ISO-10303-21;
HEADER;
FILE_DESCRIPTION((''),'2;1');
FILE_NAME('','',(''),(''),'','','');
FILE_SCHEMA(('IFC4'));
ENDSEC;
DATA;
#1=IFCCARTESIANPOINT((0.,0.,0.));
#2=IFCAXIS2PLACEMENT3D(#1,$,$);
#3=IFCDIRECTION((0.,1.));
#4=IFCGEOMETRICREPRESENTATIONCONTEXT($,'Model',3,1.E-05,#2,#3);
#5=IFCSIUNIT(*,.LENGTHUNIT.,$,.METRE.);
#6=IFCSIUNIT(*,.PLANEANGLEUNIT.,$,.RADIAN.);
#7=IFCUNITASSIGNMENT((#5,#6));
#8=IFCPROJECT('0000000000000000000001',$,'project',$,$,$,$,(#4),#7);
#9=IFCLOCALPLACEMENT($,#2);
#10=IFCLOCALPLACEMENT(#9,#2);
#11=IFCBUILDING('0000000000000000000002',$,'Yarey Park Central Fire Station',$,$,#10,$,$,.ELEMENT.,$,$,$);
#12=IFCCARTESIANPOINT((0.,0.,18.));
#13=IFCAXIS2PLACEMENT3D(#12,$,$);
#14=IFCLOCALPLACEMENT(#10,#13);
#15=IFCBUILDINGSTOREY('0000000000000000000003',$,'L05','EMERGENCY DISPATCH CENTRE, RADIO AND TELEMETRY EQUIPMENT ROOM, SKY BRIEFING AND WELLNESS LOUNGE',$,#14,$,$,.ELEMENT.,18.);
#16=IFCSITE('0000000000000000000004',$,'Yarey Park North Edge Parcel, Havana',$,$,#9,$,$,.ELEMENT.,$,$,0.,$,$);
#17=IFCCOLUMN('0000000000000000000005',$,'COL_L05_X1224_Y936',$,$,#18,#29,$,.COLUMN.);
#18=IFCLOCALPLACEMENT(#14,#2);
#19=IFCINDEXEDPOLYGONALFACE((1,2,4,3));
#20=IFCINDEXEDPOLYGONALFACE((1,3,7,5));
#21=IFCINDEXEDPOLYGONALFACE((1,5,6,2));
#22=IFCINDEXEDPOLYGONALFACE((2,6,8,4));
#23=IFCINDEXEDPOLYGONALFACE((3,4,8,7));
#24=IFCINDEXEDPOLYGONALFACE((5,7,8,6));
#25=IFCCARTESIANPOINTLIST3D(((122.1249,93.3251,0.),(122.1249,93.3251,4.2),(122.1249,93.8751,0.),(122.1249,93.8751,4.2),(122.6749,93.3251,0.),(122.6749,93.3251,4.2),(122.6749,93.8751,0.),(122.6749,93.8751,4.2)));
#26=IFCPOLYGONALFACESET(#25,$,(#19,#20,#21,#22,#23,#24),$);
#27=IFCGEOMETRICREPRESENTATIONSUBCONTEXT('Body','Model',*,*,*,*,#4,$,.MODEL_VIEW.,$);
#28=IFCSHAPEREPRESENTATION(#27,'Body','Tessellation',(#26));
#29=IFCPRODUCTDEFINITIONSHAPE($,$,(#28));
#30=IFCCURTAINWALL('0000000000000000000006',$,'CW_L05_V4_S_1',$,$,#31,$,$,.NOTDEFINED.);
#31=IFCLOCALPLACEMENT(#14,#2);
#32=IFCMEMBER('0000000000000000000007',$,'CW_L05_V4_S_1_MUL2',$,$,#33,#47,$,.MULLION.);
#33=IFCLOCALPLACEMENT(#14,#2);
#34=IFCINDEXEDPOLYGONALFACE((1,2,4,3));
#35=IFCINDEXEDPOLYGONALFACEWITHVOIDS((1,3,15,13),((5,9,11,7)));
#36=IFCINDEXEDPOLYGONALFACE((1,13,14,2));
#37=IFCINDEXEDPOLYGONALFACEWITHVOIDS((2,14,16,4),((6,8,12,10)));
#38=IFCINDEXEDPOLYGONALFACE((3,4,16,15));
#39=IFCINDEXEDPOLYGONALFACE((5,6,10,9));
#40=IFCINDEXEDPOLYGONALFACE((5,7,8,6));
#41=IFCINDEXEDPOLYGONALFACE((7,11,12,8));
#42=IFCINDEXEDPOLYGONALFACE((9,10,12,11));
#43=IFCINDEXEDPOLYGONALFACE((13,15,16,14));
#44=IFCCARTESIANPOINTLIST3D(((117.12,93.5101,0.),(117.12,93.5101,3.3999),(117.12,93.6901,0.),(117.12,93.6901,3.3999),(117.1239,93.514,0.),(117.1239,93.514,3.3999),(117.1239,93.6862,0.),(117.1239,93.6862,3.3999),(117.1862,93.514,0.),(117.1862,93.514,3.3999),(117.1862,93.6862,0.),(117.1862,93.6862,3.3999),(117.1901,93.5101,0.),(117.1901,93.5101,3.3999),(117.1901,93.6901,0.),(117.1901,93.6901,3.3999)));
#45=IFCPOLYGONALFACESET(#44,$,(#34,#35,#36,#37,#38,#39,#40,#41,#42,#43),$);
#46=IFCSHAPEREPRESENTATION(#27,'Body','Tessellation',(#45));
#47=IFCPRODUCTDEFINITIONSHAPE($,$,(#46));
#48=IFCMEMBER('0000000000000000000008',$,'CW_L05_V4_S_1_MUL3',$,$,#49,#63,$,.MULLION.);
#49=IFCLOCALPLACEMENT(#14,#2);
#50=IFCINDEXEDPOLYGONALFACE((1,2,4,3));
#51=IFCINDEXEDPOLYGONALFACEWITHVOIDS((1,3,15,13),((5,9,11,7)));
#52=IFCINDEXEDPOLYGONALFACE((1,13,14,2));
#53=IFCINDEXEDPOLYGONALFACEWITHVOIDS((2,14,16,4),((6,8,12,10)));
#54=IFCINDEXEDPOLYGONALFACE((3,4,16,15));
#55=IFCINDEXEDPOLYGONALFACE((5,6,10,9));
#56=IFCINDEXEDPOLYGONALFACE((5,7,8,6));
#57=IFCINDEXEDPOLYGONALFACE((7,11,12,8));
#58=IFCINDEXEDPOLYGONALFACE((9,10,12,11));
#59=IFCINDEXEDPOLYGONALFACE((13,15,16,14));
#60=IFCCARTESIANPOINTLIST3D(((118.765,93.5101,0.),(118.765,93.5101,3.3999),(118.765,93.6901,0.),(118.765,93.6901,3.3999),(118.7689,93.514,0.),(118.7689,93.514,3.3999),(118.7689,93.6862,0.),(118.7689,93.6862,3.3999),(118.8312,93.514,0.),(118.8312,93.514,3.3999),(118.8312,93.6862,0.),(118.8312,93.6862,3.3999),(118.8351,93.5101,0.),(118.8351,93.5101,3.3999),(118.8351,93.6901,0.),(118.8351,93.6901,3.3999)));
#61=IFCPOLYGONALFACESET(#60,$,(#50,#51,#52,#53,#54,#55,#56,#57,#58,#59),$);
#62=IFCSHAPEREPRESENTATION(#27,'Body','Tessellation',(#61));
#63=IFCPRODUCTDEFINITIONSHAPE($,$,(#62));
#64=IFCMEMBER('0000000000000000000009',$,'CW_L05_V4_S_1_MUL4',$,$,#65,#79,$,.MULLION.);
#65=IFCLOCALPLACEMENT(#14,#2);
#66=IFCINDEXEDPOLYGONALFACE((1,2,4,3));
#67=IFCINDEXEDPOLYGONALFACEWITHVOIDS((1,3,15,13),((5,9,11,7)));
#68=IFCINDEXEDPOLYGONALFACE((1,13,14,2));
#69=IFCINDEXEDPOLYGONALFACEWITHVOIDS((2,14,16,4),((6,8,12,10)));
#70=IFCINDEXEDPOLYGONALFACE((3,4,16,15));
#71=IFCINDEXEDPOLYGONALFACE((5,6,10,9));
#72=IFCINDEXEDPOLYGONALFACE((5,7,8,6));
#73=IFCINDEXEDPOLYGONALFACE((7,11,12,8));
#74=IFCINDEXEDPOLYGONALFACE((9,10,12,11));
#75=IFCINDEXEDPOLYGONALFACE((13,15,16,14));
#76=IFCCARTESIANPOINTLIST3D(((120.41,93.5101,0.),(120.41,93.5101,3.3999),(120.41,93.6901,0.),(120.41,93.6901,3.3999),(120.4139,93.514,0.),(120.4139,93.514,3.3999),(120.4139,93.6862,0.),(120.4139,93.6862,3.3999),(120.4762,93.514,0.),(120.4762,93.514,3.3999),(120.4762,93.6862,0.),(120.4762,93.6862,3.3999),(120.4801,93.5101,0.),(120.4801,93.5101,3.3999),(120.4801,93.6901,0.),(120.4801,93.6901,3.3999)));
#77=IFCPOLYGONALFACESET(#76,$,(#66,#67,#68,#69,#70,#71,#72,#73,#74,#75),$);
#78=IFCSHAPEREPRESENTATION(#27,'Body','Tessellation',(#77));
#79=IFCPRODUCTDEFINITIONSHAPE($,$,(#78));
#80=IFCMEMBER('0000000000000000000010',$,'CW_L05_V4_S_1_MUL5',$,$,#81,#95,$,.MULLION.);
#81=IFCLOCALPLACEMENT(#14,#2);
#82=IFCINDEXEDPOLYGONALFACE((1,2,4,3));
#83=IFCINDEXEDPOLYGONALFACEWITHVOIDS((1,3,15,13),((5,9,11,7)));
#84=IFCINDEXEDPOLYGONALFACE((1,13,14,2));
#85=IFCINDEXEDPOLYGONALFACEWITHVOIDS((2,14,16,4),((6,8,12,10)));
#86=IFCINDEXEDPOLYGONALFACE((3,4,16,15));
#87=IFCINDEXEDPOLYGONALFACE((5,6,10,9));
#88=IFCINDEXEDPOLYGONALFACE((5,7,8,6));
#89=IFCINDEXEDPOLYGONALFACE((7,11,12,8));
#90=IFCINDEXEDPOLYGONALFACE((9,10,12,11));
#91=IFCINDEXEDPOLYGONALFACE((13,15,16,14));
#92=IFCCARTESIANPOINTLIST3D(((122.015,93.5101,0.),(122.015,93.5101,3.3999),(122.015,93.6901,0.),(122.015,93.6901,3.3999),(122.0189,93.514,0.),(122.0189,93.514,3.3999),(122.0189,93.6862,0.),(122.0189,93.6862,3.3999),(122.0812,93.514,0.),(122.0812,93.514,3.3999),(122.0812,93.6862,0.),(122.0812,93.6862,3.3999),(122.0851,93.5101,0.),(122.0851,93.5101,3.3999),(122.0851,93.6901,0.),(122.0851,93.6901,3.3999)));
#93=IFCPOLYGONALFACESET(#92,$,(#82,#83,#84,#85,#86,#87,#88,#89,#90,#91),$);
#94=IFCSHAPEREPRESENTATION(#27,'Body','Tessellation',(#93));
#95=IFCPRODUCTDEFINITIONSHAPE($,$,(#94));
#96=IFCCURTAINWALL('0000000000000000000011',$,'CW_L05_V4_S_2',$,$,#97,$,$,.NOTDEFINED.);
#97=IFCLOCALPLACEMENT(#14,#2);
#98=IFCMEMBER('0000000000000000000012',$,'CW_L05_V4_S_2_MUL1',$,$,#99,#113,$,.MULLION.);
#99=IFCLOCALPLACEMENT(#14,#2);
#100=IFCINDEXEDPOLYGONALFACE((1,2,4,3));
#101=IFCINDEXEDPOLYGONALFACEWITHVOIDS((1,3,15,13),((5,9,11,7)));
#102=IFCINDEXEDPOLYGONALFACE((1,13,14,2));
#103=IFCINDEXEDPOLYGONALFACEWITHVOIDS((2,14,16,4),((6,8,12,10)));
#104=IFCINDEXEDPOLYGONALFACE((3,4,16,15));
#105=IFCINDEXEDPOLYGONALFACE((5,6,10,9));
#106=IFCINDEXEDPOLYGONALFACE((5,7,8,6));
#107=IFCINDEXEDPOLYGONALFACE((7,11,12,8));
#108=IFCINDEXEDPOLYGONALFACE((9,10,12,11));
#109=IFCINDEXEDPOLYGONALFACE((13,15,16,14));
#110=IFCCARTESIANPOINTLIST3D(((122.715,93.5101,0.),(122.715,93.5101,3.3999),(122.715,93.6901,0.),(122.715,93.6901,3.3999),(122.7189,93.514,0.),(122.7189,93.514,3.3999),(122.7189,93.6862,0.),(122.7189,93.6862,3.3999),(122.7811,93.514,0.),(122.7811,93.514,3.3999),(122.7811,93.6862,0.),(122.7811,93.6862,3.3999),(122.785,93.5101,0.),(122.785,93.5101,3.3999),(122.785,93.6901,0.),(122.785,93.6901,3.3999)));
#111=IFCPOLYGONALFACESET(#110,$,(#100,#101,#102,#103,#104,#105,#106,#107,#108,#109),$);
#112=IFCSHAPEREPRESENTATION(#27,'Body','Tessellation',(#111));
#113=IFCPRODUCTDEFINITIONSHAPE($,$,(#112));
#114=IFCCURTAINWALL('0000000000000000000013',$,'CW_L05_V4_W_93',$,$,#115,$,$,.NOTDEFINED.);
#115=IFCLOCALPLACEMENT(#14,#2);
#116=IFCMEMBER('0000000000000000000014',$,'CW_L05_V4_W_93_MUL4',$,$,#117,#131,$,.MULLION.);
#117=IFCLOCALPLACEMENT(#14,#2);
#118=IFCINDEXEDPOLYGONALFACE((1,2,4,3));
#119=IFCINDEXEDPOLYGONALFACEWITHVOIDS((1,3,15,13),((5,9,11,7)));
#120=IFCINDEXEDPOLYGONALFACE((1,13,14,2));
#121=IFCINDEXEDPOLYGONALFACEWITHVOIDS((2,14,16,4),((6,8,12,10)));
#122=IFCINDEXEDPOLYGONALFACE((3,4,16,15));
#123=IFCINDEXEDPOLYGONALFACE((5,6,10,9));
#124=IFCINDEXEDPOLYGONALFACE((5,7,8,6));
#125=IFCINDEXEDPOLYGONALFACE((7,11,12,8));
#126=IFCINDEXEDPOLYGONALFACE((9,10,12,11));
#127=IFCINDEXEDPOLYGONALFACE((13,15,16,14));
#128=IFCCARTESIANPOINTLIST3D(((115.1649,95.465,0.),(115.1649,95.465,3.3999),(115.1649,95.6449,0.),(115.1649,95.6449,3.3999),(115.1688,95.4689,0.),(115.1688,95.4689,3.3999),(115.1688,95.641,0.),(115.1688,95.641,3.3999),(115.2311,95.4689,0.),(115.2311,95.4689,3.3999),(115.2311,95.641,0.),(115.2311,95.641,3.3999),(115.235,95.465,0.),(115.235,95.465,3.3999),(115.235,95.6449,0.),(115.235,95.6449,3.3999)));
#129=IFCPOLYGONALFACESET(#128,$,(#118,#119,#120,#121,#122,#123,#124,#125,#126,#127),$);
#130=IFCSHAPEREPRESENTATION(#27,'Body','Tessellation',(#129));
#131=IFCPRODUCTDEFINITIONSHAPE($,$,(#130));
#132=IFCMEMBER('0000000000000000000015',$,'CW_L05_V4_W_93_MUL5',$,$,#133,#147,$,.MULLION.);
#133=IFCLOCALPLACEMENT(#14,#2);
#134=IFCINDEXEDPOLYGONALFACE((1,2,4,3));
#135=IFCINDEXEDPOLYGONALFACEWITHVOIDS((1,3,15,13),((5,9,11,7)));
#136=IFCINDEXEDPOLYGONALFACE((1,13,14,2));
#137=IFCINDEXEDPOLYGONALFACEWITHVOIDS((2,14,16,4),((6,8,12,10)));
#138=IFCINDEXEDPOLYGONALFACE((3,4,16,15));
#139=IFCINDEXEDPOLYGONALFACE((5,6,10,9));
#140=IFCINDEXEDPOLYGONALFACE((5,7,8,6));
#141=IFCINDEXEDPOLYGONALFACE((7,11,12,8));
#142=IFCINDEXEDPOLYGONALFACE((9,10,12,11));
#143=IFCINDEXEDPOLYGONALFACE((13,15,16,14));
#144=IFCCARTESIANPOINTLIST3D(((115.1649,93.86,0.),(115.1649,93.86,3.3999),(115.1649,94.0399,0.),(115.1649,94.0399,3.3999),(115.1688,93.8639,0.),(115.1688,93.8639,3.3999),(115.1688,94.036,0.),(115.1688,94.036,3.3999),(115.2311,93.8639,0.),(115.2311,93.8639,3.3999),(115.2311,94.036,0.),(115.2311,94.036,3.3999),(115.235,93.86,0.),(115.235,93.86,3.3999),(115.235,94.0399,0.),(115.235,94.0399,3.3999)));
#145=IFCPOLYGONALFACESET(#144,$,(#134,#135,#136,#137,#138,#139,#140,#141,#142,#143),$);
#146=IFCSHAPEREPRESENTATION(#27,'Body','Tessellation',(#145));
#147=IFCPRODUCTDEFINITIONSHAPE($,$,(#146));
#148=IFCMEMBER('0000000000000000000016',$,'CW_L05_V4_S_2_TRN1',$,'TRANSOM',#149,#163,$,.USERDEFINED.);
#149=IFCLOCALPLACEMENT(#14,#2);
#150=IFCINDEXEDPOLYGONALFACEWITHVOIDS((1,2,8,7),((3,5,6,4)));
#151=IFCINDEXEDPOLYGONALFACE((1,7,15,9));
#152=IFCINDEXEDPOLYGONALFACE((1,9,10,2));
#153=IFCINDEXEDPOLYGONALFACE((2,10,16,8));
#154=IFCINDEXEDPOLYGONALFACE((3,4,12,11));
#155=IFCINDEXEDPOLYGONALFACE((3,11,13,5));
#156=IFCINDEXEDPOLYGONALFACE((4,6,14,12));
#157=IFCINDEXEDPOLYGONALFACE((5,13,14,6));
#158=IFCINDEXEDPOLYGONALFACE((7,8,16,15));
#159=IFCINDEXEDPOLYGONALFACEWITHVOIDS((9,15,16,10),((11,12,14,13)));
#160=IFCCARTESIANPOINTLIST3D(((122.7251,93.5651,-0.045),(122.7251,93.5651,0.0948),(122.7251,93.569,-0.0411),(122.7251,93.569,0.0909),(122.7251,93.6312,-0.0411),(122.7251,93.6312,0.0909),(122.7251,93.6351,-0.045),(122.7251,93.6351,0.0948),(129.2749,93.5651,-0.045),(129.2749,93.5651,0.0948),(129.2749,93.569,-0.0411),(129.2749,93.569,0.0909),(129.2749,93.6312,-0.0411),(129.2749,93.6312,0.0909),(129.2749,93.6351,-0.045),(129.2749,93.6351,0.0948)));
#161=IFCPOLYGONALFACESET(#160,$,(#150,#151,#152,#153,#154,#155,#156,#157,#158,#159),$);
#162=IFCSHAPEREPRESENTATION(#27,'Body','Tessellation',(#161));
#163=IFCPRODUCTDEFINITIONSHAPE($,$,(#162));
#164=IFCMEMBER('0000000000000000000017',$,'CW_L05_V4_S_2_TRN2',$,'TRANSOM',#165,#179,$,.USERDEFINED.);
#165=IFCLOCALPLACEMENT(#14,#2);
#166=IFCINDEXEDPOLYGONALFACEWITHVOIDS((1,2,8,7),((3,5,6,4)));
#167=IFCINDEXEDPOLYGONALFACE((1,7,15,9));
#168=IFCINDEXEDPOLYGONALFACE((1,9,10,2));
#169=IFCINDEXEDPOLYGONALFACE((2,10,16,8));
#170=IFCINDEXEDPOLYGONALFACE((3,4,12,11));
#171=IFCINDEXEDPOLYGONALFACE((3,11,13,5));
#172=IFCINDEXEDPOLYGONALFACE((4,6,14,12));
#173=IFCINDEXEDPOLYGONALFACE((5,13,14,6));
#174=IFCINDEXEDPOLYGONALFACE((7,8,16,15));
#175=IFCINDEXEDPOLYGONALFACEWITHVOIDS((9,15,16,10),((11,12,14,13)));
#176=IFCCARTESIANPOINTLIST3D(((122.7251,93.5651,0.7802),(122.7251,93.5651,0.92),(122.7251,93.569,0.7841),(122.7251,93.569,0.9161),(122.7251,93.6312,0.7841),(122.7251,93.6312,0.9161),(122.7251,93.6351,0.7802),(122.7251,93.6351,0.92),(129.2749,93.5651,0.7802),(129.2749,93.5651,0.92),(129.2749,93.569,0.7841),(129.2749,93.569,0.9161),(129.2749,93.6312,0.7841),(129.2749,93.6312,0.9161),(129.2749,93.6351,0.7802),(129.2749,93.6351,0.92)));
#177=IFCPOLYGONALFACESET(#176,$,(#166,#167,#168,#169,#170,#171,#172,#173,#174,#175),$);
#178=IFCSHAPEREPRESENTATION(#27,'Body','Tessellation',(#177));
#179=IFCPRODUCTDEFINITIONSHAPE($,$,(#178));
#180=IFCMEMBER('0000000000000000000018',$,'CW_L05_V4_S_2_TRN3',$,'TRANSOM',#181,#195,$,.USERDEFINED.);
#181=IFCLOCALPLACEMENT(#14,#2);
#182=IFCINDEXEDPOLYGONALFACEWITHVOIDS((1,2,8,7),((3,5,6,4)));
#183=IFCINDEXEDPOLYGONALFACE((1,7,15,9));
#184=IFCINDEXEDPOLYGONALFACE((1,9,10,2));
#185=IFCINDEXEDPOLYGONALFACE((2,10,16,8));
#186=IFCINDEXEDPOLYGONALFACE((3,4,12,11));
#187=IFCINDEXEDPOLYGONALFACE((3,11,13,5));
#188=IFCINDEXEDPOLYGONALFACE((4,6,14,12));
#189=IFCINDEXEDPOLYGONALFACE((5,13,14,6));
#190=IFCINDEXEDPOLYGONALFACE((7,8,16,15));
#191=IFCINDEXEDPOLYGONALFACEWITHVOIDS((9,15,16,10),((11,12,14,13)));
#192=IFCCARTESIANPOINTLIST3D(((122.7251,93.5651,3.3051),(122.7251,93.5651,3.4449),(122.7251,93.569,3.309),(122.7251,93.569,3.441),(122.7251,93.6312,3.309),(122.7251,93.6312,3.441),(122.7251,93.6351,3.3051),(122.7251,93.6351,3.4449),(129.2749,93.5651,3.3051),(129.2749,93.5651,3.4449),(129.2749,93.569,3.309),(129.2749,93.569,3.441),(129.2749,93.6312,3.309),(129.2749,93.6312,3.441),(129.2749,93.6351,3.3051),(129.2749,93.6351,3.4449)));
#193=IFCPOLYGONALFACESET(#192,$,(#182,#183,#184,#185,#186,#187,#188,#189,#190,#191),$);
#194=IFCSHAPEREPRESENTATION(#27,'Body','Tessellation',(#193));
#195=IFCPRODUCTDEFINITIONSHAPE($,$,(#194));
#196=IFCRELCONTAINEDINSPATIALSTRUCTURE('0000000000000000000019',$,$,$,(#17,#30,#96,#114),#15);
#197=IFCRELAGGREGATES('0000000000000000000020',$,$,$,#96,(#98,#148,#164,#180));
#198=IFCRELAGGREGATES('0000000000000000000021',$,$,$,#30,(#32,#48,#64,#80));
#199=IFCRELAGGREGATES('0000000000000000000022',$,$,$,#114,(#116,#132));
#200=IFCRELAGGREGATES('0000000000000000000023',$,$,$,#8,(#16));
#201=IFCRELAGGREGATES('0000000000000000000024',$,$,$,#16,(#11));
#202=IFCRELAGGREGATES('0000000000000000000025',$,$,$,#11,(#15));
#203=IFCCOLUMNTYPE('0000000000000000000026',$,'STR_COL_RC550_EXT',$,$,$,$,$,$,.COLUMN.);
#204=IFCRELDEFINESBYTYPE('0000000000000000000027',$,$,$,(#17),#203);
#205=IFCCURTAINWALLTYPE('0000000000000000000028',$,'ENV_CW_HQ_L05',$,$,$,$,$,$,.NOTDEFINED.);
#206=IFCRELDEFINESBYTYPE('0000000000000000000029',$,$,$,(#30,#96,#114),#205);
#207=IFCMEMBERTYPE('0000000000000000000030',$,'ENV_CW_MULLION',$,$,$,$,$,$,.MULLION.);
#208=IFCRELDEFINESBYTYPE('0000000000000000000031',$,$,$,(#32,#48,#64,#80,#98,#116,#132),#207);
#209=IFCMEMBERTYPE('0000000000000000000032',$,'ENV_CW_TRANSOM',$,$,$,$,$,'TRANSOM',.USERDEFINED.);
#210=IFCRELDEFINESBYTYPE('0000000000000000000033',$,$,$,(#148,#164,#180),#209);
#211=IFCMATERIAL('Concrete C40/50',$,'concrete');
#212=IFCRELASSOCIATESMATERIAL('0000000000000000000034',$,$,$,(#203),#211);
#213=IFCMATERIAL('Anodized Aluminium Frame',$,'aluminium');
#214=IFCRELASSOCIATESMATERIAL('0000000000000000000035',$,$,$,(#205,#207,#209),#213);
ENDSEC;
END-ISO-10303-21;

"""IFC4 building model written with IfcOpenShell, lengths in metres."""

from ifc_helpers import new_model, si_unit, direction, frame, origin, origin_2d, place, context, subcontext, project, spatial, rectangle, hollow_rectangle, extrude, material, material_profile, profile_set, type_object, element, aggregate, save


model = new_model("IFC4")

# Units and contexts
model_context = context("Model", 3, precision=1e-05, world=origin(), true_north=direction((0.0, 1.0)))
body_context = subcontext(model_context, "Body", "Model", "MODEL_VIEW")
ifc_project = project(units=[si_unit("LENGTHUNIT", "METRE"), si_unit("PLANEANGLEUNIT", "RADIAN")], contexts=[model_context])

# Site, building, storey
site_placement = place(None, origin())
site = spatial("IfcSite", under=ifc_project, at=site_placement, Name="Yarey Park North Edge Parcel, Havana", CompositionType="ELEMENT", RefElevation=0.0)
building_placement = place(site_placement, origin())
building = spatial("IfcBuilding", under=site, at=building_placement, Name="Yarey Park Central Fire Station", CompositionType="ELEMENT")
storey_placement = place(building_placement, frame((0.0, 0.0, 18.0)))
storey = spatial("IfcBuildingStorey", under=building, at=storey_placement, Name="L05", Description="EMERGENCY DISPATCH CENTRE, RADIO AND TELEMETRY EQUIPMENT ROOM, SKY BRIEFING AND WELLNESS LOUNGE", CompositionType="ELEMENT", Elevation=18.0)

# Column
ifc_material_1 = material(Name="Concrete C40/50", Category="concrete")
ifc_material_profile_1 = material_profile(ifc_material_1, rectangle(XDim=0.55, YDim=0.55, at=origin_2d()), Name="RC 550x550")
ifc_profile_set_1 = profile_set([ifc_material_profile_1], Name="Concrete C40/50")
column_type = type_object("IfcColumnType", Name="STR_COL_RC550_EXT", PredefinedType="COLUMN", material=ifc_profile_set_1)
column_placement = place(storey_placement, frame((122.3999, 93.6001, 0.0), z_axis=(0.0, 0.0, 1.0), x_axis=(1.0, 0.0, 0.0)))
element("IfcColumn", 1, at=column_placement, inside=storey, type_object=column_type, Name="COL_L05_X1224_Y936", PredefinedType="COLUMN", context=body_context, shape_type="SweptSolid", body=[
    extrude(rectangle(XDim=0.55, YDim=0.55, at=origin_2d()), origin(), (0.0, 0.0, 1.0), 4.2),
])

# Curtain wall, members
ifc_material_2 = material(Name="Anodized Aluminium Frame", Category="aluminium")
curtain_wall_type = type_object("IfcCurtainWallType", Name="ENV_CW_HQ_L05", PredefinedType="NOTDEFINED", material=ifc_material_2)
curtain_wall_1_placement = place(storey_placement, origin())
curtain_wall_1 = element("IfcCurtainWall", 2, at=curtain_wall_1_placement, inside=storey, type_object=curtain_wall_type, Name="CW_L05_V4_S_1", PredefinedType="NOTDEFINED")
ifc_material_profile_2 = material_profile(ifc_material_2, hollow_rectangle(XDim=0.0701, YDim=0.1799, WallThickness=0.0039, at=origin_2d()), Name="ALU 180x70x4")
ifc_profile_set_2 = profile_set([ifc_material_profile_2], Name="Anodized Aluminium Frame")
member_type_1 = type_object("IfcMemberType", Name="ENV_CW_MULLION", PredefinedType="MULLION", material=ifc_profile_set_2)
member_1_placement = place(storey_placement, frame((117.155, 93.6001, 0.0), z_axis=(0.0, 0.0, 1.0), x_axis=(1.0, 0.0, 0.0)))
member_1 = element("IfcMember", 3, at=member_1_placement, type_object=member_type_1, Name="CW_L05_V4_S_1_MUL2", PredefinedType="MULLION", context=body_context, shape_type="SweptSolid", body=[
    extrude(hollow_rectangle(XDim=0.0701, YDim=0.1799, WallThickness=0.0039, at=origin_2d()), origin(), (0.0, 0.0, 1.0), 3.3999),
])
member_2_placement = place(storey_placement, frame((118.8, 93.6001, 0.0), z_axis=(0.0, 0.0, 1.0), x_axis=(1.0, 0.0, 0.0)))
member_2 = element("IfcMember", 4, at=member_2_placement, type_object=member_type_1, Name="CW_L05_V4_S_1_MUL3", PredefinedType="MULLION", context=body_context, shape_type="SweptSolid", body=[
    extrude(hollow_rectangle(XDim=0.0701, YDim=0.1799, WallThickness=0.0039, at=origin_2d()), origin(), (0.0, 0.0, 1.0), 3.3999),
])
member_3_placement = place(storey_placement, frame((120.4451, 93.6001, 0.0), z_axis=(0.0, 0.0, 1.0), x_axis=(1.0, 0.0, 0.0)))
member_3 = element("IfcMember", 5, at=member_3_placement, type_object=member_type_1, Name="CW_L05_V4_S_1_MUL4", PredefinedType="MULLION", context=body_context, shape_type="SweptSolid", body=[
    extrude(hollow_rectangle(XDim=0.0701, YDim=0.1799, WallThickness=0.0039, at=origin_2d()), origin(), (0.0, 0.0, 1.0), 3.3999),
])
member_4_placement = place(storey_placement, frame((122.05, 93.6001, 0.0), z_axis=(0.0, 0.0, 1.0), x_axis=(1.0, 0.0, 0.0)))
member_4 = element("IfcMember", 6, at=member_4_placement, type_object=member_type_1, Name="CW_L05_V4_S_1_MUL5", PredefinedType="MULLION", context=body_context, shape_type="SweptSolid", body=[
    extrude(hollow_rectangle(XDim=0.0701, YDim=0.1799, WallThickness=0.0039, at=origin_2d()), origin(), (0.0, 0.0, 1.0), 3.3999),
])

# Curtain wall, member
curtain_wall_2_placement = place(storey_placement, origin())
curtain_wall_2 = element("IfcCurtainWall", 7, at=curtain_wall_2_placement, inside=storey, type_object=curtain_wall_type, Name="CW_L05_V4_S_2", PredefinedType="NOTDEFINED")
member_5_placement = place(storey_placement, frame((122.75, 93.6001, 0.0), z_axis=(0.0, 0.0, 1.0), x_axis=(1.0, 0.0, 0.0)))
member_5 = element("IfcMember", 8, at=member_5_placement, type_object=member_type_1, Name="CW_L05_V4_S_2_MUL1", PredefinedType="MULLION", context=body_context, shape_type="SweptSolid", body=[
    extrude(hollow_rectangle(XDim=0.0701, YDim=0.1799, WallThickness=0.0039, at=origin_2d()), origin(), (0.0, 0.0, 1.0), 3.3999),
])

# Curtain wall, members
curtain_wall_3_placement = place(storey_placement, origin())
curtain_wall_3 = element("IfcCurtainWall", 9, at=curtain_wall_3_placement, inside=storey, type_object=curtain_wall_type, Name="CW_L05_V4_W_93", PredefinedType="NOTDEFINED")
member_6_placement = place(storey_placement, frame((115.2, 95.5549, 0.0), z_axis=(0.0, 0.0, 1.0), x_axis=(1.0, 0.0, 0.0)))
member_6 = element("IfcMember", 10, at=member_6_placement, type_object=member_type_1, Name="CW_L05_V4_W_93_MUL4", PredefinedType="MULLION", context=body_context, shape_type="SweptSolid", body=[
    extrude(hollow_rectangle(XDim=0.0701, YDim=0.1799, WallThickness=0.0039, at=origin_2d()), origin(), (0.0, 0.0, 1.0), 3.3999),
])
member_7_placement = place(storey_placement, frame((115.2, 93.95, 0.0), z_axis=(0.0, 0.0, 1.0), x_axis=(1.0, 0.0, 0.0)))
member_7 = element("IfcMember", 11, at=member_7_placement, type_object=member_type_1, Name="CW_L05_V4_W_93_MUL5", PredefinedType="MULLION", context=body_context, shape_type="SweptSolid", body=[
    extrude(hollow_rectangle(XDim=0.0701, YDim=0.1799, WallThickness=0.0039, at=origin_2d()), origin(), (0.0, 0.0, 1.0), 3.3999),
])

# Members
ifc_material_profile_3 = material_profile(ifc_material_2, hollow_rectangle(XDim=0.0701, YDim=0.1399, WallThickness=0.0039, at=origin_2d()), Name="ALU 140x70x4")
ifc_profile_set_3 = profile_set([ifc_material_profile_3], Name="Anodized Aluminium Frame")
member_type_2 = type_object("IfcMemberType", Name="ENV_CW_TRANSOM", ElementType="TRANSOM", PredefinedType="USERDEFINED", material=ifc_profile_set_3)
member_8_placement = place(storey_placement, frame((122.7251, 93.6001, 0.0249), z_axis=(1.0, 0.0, 0.0), x_axis=(0.0, 1.0, 0.0)))
member_8 = element("IfcMember", 12, at=member_8_placement, type_object=member_type_2, Name="CW_L05_V4_S_2_TRN1", ObjectType="TRANSOM", PredefinedType="USERDEFINED", context=body_context, shape_type="SweptSolid", body=[
    extrude(hollow_rectangle(XDim=0.0701, YDim=0.1399, WallThickness=0.0039, at=origin_2d()), origin(), (0.0, 0.0, 1.0), 6.5498),
])
member_9_placement = place(storey_placement, frame((122.7251, 93.6001, 0.8501), z_axis=(1.0, 0.0, 0.0), x_axis=(0.0, 1.0, 0.0)))
member_9 = element("IfcMember", 13, at=member_9_placement, type_object=member_type_2, Name="CW_L05_V4_S_2_TRN2", ObjectType="TRANSOM", PredefinedType="USERDEFINED", context=body_context, shape_type="SweptSolid", body=[
    extrude(hollow_rectangle(XDim=0.0701, YDim=0.1399, WallThickness=0.0039, at=origin_2d()), origin(), (0.0, 0.0, 1.0), 6.5498),
])
member_10_placement = place(storey_placement, frame((122.7251, 93.6001, 3.375), z_axis=(1.0, 0.0, 0.0), x_axis=(0.0, 1.0, 0.0)))
member_10 = element("IfcMember", 14, at=member_10_placement, type_object=member_type_2, Name="CW_L05_V4_S_2_TRN3", ObjectType="TRANSOM", PredefinedType="USERDEFINED", context=body_context, shape_type="SweptSolid", body=[
    extrude(hollow_rectangle(XDim=0.0701, YDim=0.1399, WallThickness=0.0039, at=origin_2d()), origin(), (0.0, 0.0, 1.0), 6.5498),
])
aggregate(curtain_wall_2, [member_5, member_8, member_9, member_10])

aggregate(curtain_wall_1, [member_1, member_2, member_3, member_4])
aggregate(curtain_wall_3, [member_6, member_7])

save(model, "model.ifc")
